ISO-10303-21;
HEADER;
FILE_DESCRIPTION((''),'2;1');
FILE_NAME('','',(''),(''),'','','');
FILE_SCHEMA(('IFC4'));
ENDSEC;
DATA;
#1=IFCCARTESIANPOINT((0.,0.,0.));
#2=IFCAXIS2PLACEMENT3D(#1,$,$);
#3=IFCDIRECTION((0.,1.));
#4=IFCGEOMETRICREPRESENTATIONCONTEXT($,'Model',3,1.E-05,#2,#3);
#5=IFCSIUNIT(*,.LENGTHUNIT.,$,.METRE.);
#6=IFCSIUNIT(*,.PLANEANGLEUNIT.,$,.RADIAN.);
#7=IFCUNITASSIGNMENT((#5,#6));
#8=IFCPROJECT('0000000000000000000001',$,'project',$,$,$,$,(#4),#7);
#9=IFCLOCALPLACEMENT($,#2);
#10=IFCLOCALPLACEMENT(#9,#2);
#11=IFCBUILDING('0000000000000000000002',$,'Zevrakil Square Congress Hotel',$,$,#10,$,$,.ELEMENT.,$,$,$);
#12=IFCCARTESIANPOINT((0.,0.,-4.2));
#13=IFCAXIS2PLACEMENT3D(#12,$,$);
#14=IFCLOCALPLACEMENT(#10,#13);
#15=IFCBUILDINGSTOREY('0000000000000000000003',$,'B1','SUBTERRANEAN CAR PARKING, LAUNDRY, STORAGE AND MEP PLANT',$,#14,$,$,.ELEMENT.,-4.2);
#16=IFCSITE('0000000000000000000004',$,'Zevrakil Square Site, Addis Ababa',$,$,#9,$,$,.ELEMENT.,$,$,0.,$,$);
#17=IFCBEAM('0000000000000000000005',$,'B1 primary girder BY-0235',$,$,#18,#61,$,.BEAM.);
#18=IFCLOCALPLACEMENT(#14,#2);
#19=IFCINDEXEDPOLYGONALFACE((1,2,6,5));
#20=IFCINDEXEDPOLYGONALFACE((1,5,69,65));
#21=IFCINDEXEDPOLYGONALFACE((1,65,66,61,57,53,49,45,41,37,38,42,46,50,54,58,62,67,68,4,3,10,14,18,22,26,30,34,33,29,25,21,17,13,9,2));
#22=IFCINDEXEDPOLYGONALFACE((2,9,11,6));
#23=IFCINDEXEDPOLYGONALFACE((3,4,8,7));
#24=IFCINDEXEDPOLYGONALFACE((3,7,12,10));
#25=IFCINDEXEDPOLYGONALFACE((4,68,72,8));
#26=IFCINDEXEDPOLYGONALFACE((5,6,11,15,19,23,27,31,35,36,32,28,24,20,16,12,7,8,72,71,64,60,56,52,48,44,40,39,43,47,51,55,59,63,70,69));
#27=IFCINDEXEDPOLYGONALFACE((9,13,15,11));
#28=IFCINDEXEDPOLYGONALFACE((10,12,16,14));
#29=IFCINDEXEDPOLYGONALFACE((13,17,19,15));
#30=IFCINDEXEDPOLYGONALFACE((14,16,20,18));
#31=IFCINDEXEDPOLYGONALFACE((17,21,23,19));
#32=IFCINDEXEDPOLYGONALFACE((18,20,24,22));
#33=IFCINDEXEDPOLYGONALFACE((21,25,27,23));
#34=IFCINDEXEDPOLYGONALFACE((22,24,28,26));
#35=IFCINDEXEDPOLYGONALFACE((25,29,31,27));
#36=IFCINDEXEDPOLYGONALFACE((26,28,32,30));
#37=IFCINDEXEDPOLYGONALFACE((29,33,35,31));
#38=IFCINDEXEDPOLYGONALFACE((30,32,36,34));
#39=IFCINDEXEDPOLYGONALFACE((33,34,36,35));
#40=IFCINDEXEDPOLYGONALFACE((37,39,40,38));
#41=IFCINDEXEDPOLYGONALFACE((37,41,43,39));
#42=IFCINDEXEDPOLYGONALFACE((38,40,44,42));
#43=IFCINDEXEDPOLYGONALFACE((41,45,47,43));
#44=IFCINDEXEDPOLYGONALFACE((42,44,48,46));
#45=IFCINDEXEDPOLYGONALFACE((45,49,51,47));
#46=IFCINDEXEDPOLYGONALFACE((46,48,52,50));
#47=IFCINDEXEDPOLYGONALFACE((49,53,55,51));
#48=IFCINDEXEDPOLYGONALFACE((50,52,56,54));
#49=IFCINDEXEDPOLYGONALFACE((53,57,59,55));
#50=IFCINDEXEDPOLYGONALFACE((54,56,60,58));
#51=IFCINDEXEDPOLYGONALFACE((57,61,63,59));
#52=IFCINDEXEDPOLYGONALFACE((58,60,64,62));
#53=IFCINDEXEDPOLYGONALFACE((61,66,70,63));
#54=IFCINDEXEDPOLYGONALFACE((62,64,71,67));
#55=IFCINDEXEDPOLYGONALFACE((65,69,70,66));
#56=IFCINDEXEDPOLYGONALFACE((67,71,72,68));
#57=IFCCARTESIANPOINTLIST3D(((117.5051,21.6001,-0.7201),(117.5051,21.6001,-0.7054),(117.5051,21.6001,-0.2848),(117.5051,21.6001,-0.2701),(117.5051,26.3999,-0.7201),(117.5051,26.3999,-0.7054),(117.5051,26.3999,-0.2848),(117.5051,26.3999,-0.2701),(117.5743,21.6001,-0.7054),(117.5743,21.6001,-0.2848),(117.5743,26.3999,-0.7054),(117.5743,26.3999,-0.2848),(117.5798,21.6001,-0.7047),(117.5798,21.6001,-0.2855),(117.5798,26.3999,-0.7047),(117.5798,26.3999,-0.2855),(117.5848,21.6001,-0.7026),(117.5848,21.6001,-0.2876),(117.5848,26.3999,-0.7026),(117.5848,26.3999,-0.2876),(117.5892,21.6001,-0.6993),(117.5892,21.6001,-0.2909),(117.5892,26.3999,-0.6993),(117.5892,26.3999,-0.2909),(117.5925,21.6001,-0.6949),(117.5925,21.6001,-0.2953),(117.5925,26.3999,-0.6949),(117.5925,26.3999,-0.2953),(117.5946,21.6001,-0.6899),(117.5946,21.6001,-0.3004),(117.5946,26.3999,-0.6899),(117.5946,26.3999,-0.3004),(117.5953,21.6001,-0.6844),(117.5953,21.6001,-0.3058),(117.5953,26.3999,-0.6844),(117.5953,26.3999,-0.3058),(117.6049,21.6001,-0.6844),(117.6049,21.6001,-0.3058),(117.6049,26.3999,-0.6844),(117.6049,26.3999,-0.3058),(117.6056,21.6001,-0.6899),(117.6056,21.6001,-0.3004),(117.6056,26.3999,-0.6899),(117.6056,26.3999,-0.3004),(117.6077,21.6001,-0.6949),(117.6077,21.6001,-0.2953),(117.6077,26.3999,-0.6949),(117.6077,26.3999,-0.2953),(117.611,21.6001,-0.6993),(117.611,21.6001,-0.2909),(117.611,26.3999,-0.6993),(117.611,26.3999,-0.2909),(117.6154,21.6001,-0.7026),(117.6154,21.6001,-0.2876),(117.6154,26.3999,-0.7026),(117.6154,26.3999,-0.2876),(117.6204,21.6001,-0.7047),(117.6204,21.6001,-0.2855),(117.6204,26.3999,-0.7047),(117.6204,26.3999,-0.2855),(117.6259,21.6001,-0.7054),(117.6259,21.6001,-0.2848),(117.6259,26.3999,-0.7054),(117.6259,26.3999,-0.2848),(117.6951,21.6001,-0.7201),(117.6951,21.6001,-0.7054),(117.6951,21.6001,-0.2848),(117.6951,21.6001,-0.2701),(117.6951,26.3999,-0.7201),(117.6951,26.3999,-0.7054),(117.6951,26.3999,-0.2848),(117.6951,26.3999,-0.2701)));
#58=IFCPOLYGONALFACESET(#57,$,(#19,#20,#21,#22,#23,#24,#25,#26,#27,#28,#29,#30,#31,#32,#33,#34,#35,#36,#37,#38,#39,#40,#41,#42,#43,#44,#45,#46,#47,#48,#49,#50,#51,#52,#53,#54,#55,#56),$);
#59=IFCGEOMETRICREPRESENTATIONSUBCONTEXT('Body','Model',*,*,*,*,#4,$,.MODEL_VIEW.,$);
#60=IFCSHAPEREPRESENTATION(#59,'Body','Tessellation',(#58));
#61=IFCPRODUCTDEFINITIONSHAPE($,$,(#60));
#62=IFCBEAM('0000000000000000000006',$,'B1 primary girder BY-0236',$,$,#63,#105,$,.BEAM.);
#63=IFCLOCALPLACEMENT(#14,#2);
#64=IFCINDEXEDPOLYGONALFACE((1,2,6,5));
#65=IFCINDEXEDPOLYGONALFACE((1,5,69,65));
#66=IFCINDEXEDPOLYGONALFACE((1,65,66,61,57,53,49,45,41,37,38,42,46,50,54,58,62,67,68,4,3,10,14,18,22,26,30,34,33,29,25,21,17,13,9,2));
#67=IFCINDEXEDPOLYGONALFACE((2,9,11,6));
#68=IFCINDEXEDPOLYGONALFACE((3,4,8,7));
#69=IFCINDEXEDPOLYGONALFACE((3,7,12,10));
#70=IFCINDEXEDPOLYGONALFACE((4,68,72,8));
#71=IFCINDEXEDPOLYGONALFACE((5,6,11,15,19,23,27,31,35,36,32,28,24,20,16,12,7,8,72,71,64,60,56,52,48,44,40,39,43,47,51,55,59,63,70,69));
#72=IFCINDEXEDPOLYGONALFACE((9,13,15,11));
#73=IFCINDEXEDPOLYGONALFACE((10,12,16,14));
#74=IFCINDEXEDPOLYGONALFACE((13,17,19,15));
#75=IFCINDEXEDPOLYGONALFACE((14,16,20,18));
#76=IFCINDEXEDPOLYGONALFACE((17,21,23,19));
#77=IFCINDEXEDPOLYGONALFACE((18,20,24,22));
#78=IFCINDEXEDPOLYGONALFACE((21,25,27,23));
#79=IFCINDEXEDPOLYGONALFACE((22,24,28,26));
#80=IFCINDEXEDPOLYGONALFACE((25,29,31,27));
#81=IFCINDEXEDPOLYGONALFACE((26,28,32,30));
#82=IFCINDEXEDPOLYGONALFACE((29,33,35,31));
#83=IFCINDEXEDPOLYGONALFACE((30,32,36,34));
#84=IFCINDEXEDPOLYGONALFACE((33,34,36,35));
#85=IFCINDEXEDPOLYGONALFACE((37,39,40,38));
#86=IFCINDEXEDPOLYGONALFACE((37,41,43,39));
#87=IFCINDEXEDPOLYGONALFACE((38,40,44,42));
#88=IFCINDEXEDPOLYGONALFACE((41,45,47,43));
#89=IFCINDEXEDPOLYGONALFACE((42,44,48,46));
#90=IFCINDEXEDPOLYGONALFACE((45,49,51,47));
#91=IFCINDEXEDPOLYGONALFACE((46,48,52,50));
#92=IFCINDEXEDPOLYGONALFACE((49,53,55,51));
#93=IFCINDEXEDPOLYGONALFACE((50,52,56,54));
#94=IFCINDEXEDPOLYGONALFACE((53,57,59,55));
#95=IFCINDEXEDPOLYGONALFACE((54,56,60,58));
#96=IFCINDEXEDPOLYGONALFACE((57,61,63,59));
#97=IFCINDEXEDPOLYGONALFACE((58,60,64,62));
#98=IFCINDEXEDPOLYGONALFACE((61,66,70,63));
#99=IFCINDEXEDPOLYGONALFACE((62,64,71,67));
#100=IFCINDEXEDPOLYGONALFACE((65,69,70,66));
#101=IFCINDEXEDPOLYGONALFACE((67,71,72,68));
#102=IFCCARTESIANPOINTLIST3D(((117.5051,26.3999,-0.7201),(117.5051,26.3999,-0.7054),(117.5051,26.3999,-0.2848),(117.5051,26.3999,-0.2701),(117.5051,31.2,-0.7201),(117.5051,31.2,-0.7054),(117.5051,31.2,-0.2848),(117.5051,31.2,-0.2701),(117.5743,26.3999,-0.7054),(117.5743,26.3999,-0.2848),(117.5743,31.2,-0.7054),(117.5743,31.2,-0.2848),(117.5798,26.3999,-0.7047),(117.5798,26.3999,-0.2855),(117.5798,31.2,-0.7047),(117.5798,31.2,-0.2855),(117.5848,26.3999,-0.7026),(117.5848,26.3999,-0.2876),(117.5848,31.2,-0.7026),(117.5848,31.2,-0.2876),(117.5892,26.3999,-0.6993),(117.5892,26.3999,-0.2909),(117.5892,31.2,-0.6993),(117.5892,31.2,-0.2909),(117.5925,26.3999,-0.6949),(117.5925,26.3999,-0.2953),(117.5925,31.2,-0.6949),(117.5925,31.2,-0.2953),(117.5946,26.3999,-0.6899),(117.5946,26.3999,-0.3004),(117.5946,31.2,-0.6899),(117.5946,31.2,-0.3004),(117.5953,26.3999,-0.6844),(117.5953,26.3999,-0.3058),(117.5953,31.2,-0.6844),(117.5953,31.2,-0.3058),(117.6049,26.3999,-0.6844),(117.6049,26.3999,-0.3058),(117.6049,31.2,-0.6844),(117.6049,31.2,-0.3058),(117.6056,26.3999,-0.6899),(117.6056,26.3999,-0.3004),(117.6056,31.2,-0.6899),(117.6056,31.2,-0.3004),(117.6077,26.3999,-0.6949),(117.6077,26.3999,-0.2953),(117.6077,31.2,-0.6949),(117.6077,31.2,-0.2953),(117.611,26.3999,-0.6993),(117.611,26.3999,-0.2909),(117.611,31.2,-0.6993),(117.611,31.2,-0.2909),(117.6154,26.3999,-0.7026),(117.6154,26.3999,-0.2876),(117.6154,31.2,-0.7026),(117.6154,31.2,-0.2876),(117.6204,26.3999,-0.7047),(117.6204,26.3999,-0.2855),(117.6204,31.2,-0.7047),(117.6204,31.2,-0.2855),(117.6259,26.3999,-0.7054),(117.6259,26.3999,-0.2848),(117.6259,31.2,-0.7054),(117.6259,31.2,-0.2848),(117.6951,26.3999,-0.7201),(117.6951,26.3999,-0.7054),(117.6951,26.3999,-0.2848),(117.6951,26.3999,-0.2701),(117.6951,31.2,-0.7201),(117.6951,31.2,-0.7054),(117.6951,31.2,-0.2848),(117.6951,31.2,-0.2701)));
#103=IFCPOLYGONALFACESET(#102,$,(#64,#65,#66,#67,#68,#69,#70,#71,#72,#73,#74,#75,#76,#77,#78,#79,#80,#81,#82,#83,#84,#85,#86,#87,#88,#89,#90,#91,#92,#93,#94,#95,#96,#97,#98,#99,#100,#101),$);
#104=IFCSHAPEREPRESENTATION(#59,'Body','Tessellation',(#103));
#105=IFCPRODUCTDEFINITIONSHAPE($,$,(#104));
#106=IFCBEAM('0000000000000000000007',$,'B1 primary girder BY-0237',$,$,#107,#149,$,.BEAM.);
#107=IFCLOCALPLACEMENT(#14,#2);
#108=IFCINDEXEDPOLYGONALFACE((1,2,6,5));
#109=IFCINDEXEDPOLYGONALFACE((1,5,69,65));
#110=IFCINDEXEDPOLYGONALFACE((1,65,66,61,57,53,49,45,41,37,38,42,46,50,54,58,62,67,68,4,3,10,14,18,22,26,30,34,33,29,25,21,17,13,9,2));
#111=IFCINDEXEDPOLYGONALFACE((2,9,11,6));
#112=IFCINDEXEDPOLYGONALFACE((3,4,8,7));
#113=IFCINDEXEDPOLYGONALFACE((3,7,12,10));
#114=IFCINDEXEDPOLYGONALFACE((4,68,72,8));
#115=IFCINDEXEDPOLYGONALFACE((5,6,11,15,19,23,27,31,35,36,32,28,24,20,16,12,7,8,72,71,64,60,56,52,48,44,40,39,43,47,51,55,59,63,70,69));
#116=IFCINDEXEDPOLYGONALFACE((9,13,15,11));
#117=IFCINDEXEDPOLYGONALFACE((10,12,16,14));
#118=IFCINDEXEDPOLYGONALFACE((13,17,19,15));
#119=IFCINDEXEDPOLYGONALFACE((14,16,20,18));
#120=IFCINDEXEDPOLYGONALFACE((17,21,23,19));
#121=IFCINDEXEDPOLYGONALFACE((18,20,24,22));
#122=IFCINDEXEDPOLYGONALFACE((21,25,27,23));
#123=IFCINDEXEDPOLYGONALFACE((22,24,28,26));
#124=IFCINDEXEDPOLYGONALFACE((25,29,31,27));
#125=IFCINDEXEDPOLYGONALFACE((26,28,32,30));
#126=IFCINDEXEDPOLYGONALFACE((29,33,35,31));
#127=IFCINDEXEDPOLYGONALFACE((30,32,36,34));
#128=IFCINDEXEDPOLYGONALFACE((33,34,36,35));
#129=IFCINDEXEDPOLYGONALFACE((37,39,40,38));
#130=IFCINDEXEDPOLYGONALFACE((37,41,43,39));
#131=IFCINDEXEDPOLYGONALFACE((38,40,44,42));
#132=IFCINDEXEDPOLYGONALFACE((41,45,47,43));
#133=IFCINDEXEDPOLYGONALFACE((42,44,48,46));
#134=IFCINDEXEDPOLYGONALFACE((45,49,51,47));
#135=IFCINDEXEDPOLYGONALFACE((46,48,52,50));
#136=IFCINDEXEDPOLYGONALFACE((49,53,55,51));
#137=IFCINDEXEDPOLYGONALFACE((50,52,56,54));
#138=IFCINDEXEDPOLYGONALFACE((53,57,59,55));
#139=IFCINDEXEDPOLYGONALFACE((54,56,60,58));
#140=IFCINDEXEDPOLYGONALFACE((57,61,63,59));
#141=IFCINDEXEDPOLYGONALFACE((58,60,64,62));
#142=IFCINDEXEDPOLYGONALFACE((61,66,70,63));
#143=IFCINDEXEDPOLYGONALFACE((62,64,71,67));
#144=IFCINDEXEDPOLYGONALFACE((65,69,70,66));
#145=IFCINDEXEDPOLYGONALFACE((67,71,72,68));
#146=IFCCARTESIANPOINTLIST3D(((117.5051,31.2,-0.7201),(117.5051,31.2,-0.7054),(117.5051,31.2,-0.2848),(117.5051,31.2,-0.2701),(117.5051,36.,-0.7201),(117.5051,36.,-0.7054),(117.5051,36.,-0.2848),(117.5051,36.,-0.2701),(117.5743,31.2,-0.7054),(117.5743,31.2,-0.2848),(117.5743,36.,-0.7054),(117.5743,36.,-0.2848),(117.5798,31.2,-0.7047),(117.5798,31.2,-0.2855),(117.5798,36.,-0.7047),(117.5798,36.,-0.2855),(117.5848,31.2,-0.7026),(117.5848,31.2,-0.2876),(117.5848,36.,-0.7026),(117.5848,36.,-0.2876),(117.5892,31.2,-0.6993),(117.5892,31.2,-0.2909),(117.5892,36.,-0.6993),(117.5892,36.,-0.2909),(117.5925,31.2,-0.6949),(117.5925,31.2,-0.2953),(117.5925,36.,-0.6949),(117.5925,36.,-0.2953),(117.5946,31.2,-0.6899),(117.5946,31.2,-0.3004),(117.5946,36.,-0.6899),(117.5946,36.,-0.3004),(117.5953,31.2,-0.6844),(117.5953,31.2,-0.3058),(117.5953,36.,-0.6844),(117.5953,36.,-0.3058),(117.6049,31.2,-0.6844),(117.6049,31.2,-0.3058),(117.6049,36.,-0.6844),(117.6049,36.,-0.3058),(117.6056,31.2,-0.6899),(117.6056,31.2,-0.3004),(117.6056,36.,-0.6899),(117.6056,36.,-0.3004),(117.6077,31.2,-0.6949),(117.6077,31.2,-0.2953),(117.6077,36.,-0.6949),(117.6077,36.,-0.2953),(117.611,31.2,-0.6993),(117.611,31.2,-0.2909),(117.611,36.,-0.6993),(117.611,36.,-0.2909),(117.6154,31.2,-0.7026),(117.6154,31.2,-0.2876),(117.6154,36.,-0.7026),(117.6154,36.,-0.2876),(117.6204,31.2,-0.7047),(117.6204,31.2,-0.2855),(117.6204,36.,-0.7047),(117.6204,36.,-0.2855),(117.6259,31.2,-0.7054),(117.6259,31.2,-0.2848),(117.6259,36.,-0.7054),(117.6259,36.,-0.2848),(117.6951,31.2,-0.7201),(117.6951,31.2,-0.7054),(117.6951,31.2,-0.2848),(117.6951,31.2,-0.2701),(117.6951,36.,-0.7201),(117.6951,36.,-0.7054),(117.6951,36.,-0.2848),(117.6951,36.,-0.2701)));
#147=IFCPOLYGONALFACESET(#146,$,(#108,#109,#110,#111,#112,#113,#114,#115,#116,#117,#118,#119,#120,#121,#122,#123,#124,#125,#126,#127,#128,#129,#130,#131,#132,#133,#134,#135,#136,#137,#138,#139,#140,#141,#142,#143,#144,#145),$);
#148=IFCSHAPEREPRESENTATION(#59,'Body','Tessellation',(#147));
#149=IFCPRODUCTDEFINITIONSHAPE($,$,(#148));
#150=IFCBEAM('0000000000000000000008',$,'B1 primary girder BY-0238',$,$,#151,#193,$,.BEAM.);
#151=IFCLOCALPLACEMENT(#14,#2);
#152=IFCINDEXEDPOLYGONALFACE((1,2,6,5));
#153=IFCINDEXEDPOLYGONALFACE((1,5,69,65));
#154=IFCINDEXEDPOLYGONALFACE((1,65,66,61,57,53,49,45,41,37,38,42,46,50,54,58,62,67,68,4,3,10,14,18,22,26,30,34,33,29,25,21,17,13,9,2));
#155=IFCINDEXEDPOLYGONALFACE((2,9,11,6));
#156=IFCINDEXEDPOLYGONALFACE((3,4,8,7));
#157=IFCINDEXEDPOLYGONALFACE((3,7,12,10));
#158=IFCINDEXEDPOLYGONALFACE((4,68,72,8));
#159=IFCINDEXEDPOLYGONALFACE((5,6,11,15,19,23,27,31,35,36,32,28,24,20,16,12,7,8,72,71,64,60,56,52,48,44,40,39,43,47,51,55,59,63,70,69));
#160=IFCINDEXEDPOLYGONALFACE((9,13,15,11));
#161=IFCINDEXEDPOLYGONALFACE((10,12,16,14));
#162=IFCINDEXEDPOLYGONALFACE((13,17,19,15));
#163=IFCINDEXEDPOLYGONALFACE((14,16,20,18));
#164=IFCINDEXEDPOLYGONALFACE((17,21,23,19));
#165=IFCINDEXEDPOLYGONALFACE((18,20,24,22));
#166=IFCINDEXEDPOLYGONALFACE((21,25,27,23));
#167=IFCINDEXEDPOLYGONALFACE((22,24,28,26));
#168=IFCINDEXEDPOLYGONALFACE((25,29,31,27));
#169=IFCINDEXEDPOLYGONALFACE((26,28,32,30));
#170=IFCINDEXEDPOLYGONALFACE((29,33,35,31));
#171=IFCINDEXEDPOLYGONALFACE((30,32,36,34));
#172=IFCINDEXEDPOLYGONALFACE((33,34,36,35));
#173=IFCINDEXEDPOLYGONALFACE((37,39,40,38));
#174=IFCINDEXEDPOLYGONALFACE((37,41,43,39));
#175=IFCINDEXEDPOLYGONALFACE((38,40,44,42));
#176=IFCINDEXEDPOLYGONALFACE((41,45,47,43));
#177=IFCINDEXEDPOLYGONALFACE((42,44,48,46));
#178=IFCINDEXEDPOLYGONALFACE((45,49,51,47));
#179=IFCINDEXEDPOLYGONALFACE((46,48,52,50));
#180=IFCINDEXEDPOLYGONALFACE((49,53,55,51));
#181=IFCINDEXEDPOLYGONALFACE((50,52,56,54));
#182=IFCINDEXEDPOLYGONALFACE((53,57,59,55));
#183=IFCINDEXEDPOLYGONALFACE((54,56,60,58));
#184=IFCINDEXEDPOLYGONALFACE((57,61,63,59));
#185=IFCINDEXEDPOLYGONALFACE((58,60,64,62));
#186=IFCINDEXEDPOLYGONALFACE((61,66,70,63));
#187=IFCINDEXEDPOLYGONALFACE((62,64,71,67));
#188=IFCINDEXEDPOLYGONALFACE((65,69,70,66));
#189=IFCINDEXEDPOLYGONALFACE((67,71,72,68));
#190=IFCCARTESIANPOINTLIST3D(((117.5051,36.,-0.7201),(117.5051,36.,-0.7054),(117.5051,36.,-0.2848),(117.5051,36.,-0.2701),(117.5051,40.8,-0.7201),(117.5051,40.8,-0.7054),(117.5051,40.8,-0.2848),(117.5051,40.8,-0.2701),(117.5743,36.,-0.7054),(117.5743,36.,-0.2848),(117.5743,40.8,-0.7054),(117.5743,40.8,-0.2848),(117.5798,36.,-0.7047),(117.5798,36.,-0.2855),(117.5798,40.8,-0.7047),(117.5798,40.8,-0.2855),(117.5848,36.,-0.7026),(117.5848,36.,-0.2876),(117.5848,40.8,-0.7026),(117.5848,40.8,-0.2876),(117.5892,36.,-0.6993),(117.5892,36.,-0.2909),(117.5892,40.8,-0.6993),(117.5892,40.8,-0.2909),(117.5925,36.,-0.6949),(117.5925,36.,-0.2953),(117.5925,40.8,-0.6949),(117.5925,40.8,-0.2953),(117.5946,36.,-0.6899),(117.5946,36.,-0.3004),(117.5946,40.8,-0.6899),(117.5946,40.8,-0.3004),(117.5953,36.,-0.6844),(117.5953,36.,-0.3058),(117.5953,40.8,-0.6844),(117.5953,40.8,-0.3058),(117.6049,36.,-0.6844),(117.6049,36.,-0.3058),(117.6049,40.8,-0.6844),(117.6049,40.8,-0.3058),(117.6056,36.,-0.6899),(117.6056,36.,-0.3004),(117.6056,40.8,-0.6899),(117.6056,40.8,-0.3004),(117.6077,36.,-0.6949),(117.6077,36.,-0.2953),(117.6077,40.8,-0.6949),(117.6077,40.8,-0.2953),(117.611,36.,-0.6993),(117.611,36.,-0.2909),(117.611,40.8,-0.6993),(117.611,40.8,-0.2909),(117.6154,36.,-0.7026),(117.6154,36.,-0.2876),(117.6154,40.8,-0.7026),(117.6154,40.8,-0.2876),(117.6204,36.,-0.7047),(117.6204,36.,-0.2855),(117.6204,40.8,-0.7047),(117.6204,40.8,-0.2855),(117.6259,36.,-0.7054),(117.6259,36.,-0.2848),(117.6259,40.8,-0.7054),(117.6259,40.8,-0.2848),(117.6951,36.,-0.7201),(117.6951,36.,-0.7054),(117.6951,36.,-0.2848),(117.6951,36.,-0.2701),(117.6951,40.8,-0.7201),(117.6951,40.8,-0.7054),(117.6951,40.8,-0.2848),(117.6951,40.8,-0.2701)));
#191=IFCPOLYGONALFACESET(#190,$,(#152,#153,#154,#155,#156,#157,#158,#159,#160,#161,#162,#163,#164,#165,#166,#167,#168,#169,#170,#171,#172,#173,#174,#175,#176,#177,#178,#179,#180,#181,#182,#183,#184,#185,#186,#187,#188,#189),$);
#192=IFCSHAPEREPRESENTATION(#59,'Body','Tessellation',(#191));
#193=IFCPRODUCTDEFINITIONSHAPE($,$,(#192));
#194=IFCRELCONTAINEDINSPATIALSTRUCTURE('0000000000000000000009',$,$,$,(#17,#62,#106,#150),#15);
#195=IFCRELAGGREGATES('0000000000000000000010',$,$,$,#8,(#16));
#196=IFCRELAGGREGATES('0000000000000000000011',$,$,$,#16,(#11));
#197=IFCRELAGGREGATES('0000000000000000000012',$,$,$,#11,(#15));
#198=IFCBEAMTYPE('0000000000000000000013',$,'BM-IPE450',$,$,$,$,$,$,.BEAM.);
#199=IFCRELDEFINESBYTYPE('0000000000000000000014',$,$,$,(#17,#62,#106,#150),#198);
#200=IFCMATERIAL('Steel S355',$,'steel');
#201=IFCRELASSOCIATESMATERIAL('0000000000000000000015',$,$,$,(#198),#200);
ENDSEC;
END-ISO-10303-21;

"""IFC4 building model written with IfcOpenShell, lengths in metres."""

from ifc_helpers import new_model, si_unit, direction, frame, origin, origin_2d, place, context, subcontext, project, spatial, i_section, extrude, material, material_profile, profile_set, type_object, element, save


model = new_model("IFC4")

# Units and contexts
model_context = context("Model", 3, precision=1e-05, world=origin(), true_north=direction((0.0, 1.0)))
body_context = subcontext(model_context, "Body", "Model", "MODEL_VIEW")
ifc_project = project(units=[si_unit("LENGTHUNIT", "METRE"), si_unit("PLANEANGLEUNIT", "RADIAN")], contexts=[model_context])

# Site, building, storey
site_placement = place(None, origin())
site = spatial("IfcSite", under=ifc_project, at=site_placement, Name="Zevrakil Square Site, Addis Ababa", CompositionType="ELEMENT", RefElevation=0.0)
building_placement = place(site_placement, origin())
building = spatial("IfcBuilding", under=site, at=building_placement, Name="Zevrakil Square Congress Hotel", CompositionType="ELEMENT")
storey_placement = place(building_placement, frame((0.0, 0.0, -4.2)))
storey = spatial("IfcBuildingStorey", under=building, at=storey_placement, Name="B1", Description="SUBTERRANEAN CAR PARKING, LAUNDRY, STORAGE AND MEP PLANT", CompositionType="ELEMENT", Elevation=-4.2)

# Beams
ifc_material_1 = material(Name="Steel S355", Category="steel")
ifc_material_profile_1 = material_profile(ifc_material_1, i_section(OverallWidth=0.1899, OverallDepth=0.45, WebThickness=0.0095, FlangeThickness=0.0146, FilletRadius=0.021, at=origin_2d()), Name="IPE 450")
ifc_profile_set_1 = profile_set([ifc_material_profile_1], Name="Steel S355")
beam_type_1 = type_object("IfcBeamType", Name="BM-IPE450", PredefinedType="BEAM", material=ifc_profile_set_1)
beam_1_placement = place(storey_placement, frame((117.6001, 21.6001, -0.4951), z_axis=(0.0, 1.0, 0.0), x_axis=(-1.0, 0.0, 0.0)))
element("IfcBeam", 1, at=beam_1_placement, inside=storey, type_object=beam_type_1, Name="B1 primary girder BY-0235", PredefinedType="BEAM", context=body_context, shape_type="SweptSolid", body=[
    extrude(i_section(OverallWidth=0.1899, OverallDepth=0.45, WebThickness=0.0095, FlangeThickness=0.0146, FilletRadius=0.021, at=origin_2d()), origin(), (0.0, 0.0, 1.0), 4.7998),
])
for number, where, z_axis, x_axis, name in (
    (2, (117.6001, 26.3999, -0.4951), (0.0, 1.0, 0.0), (-1.0, 0.0, 0.0), "B1 primary girder BY-0236"),
    (3, (117.6001, 31.2, -0.4951), (0.0, 1.0, 0.0), (-1.0, 0.0, 0.0), "B1 primary girder BY-0237"),
    (4, (117.6001, 36.0, -0.4951), (0.0, 1.0, 0.0), (-1.0, 0.0, 0.0), "B1 primary girder BY-0238"),
):
    element("IfcBeam", number, at=place(storey_placement, frame(where, z_axis=z_axis, x_axis=x_axis)), inside=storey, type_object=beam_type_1, Name=name, PredefinedType="BEAM", context=body_context, shape_type="SweptSolid", body=[
        extrude(i_section(OverallWidth=0.1899, OverallDepth=0.45, WebThickness=0.0095, FlangeThickness=0.0146, FilletRadius=0.021, at=origin_2d()), origin(), (0.0, 0.0, 1.0), 4.8),
    ])

save(model, "model.ifc")
